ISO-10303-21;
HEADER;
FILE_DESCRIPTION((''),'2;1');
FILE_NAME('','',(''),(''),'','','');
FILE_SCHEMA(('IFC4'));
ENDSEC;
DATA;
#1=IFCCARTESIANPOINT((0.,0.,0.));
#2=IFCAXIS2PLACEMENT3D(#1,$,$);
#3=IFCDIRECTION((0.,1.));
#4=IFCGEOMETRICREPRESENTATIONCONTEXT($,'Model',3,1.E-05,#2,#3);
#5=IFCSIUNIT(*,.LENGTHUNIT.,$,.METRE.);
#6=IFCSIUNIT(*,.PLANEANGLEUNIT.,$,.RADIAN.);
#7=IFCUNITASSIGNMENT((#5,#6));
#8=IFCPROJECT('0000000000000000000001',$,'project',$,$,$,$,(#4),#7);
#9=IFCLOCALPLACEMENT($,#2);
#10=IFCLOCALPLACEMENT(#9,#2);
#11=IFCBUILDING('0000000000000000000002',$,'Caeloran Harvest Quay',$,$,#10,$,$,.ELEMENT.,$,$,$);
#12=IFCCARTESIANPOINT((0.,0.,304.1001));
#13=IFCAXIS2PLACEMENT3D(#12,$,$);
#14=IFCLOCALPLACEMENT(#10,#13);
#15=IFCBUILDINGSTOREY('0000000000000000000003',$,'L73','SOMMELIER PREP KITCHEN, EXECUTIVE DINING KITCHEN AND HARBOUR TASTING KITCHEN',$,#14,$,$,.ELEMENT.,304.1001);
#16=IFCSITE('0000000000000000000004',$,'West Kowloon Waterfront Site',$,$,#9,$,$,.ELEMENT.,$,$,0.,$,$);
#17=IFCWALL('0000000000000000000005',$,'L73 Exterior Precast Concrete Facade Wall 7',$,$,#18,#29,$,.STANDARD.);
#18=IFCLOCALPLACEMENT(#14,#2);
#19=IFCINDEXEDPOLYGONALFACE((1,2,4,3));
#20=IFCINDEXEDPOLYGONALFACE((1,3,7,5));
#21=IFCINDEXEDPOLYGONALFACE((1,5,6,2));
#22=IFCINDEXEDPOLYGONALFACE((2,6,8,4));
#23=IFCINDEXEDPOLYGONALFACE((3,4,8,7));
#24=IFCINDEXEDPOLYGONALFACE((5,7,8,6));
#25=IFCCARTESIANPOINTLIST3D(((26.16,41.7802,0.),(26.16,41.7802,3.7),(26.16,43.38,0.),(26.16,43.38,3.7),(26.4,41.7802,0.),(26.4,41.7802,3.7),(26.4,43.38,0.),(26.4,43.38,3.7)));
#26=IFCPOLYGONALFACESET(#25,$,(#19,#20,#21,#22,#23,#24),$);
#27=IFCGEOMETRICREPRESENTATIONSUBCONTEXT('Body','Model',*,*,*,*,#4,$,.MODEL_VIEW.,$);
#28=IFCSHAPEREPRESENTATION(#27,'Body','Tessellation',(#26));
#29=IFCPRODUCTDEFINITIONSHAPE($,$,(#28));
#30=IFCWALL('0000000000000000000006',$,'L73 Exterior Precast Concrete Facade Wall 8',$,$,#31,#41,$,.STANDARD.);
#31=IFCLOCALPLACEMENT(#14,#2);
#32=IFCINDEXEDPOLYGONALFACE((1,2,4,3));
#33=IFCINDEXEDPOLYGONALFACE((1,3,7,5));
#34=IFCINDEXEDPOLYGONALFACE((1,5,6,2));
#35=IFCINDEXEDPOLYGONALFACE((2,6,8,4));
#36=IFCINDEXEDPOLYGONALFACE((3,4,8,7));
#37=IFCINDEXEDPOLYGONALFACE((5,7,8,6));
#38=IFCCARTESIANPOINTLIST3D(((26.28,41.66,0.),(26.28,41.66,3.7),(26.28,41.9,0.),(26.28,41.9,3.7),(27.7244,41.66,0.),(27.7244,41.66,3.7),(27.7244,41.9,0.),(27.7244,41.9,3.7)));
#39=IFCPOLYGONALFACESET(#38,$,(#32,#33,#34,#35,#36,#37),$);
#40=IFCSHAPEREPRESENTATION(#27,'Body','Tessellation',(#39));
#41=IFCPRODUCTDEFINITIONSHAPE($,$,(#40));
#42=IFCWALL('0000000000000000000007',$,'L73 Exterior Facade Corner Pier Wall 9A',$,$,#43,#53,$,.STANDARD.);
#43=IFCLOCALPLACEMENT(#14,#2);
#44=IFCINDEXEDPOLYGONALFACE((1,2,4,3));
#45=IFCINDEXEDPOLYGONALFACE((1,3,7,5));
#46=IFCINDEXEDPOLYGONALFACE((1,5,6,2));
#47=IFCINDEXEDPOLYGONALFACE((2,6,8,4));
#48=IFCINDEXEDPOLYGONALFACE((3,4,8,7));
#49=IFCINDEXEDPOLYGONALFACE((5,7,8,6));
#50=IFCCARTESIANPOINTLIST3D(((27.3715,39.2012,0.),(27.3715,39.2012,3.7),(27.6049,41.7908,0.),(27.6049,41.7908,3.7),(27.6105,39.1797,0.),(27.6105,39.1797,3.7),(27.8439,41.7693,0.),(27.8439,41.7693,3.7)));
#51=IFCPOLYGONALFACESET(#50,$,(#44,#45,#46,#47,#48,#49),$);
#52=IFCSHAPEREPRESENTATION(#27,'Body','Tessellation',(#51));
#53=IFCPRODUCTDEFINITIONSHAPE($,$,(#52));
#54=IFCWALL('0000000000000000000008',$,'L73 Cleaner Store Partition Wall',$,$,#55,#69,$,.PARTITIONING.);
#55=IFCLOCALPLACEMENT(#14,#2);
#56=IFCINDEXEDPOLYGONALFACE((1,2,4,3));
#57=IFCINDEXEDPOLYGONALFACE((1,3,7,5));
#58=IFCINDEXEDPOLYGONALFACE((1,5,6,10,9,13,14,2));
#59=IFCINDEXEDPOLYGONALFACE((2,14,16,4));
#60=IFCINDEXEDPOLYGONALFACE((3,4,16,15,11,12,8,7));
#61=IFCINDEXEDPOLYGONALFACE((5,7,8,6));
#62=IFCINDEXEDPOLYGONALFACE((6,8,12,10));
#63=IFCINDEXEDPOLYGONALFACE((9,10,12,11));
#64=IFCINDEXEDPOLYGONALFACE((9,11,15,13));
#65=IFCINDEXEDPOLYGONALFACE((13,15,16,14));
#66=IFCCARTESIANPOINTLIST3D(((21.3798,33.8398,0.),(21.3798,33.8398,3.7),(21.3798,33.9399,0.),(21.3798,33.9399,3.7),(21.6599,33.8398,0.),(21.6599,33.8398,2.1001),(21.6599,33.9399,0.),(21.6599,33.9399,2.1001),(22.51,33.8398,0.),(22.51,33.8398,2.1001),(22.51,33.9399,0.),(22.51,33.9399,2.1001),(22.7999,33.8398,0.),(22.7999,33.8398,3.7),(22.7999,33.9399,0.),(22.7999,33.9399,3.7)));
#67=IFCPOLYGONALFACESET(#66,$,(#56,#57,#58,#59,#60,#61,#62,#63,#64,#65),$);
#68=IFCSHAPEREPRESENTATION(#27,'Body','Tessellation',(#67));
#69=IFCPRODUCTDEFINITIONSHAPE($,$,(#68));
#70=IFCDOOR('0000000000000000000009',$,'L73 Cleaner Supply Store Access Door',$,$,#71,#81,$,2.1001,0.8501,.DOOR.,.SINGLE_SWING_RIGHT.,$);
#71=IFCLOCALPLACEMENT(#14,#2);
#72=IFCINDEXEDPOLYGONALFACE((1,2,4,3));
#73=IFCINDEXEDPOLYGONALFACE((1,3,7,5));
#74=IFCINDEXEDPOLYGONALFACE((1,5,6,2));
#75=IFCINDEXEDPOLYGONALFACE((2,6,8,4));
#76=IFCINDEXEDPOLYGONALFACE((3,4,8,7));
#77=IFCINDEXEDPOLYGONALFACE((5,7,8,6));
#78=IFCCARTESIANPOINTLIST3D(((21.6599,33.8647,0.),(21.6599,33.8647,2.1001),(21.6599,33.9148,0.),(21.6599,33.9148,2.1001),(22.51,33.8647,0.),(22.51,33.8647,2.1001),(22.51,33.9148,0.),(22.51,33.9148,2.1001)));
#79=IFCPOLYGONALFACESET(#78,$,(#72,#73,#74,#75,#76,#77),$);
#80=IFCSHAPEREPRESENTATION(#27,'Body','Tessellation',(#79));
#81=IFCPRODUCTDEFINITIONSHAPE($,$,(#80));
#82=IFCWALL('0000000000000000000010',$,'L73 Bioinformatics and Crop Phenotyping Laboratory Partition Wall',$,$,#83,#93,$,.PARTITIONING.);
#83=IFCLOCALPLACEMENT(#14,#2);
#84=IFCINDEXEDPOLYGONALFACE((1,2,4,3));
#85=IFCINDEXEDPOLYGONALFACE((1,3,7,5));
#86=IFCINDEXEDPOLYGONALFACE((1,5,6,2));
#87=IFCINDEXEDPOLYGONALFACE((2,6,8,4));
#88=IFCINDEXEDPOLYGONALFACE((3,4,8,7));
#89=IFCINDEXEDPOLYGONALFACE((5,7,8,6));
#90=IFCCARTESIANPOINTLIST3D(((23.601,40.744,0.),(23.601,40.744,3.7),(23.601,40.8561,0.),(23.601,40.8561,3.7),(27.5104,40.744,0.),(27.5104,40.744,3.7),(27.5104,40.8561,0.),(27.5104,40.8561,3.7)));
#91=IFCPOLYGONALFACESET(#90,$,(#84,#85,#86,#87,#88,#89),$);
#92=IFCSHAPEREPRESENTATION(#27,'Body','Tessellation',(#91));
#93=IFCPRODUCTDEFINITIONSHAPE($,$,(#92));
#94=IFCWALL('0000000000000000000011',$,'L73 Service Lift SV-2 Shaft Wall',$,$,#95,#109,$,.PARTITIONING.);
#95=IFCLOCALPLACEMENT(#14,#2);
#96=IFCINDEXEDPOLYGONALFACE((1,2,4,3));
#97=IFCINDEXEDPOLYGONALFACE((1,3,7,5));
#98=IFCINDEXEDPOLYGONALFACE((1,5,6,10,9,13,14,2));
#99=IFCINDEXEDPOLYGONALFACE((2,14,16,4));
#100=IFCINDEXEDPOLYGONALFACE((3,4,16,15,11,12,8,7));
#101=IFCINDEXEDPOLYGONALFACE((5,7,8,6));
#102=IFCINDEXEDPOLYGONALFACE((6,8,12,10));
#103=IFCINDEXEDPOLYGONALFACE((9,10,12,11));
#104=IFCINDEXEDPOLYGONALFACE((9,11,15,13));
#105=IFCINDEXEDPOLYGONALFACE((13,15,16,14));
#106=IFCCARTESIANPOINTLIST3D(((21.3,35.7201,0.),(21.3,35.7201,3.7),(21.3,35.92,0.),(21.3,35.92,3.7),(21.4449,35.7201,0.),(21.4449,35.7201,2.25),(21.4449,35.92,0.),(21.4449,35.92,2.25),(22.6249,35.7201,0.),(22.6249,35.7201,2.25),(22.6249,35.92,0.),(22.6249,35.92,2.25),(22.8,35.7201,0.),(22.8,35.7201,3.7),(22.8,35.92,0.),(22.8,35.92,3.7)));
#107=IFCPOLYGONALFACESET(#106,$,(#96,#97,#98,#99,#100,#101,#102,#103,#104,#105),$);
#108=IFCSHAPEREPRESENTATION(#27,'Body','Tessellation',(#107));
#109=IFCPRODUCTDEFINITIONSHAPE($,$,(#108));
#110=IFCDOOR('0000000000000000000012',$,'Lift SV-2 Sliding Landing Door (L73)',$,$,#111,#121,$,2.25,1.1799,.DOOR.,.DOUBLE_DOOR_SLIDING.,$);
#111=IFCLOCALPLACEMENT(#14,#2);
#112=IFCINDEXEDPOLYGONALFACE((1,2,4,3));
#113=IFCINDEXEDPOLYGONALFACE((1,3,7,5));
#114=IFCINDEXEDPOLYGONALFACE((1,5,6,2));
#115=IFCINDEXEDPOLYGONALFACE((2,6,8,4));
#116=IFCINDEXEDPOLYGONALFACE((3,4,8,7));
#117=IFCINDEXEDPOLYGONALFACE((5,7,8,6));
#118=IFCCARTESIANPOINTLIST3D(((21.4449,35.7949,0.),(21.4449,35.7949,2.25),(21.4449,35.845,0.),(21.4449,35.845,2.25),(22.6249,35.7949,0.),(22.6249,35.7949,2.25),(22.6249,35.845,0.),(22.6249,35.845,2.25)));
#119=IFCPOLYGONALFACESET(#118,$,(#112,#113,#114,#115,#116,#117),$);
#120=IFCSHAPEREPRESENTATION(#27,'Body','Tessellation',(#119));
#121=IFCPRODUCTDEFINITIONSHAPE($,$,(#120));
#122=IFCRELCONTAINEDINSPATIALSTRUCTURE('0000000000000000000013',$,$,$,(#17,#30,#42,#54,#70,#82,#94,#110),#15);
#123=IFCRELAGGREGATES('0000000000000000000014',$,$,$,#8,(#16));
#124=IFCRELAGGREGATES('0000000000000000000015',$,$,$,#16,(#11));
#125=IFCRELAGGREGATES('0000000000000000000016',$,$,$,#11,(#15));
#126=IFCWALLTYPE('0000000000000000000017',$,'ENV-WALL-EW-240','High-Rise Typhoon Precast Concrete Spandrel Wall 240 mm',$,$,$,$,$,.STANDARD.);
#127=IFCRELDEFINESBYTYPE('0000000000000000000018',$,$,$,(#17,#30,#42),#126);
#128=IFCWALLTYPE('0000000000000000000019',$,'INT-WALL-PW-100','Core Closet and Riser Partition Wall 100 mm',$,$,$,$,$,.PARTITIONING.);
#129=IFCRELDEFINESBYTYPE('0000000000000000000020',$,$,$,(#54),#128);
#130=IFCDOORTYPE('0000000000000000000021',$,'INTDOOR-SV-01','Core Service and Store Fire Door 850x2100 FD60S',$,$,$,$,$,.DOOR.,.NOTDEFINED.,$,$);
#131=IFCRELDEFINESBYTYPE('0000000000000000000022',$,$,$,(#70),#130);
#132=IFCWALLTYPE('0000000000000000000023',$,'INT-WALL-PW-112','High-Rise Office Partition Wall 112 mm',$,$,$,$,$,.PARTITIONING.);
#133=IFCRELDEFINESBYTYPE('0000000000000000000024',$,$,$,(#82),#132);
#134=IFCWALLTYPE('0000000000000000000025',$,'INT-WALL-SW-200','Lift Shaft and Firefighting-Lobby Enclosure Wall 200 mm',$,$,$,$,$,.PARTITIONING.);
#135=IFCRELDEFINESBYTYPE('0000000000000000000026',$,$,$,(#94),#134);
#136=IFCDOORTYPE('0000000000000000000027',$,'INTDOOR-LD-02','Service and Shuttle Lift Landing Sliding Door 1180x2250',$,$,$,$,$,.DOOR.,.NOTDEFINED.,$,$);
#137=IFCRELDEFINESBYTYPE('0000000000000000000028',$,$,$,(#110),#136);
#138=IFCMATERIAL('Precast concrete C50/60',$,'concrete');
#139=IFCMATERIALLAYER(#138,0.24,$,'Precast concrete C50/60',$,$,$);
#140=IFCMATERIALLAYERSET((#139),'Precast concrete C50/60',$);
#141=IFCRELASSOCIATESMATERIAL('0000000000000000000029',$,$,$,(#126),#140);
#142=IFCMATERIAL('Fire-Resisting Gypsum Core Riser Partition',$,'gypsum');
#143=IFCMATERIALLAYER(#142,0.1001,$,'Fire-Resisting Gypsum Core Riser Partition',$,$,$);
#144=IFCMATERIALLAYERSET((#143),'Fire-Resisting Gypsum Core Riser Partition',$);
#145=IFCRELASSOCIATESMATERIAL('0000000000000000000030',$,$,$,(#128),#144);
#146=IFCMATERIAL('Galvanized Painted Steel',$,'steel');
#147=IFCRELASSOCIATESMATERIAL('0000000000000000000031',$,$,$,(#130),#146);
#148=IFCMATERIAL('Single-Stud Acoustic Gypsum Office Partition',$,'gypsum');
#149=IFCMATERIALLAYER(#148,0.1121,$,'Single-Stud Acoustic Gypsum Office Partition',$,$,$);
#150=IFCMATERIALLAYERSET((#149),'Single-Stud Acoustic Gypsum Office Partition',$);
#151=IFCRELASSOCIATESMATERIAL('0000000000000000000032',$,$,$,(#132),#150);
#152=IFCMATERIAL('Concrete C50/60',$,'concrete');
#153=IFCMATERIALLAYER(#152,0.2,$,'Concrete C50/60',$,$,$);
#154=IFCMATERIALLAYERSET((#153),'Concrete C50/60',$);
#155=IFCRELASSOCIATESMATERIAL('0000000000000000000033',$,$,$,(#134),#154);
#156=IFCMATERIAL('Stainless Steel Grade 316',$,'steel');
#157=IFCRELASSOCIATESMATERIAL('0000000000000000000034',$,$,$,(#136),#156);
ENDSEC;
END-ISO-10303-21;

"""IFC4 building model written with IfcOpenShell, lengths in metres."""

from ifc_helpers import new_model, si_unit, direction, frame, frame_2d, origin, place, context, subcontext, project, spatial, rectangle, extrude, material, layer, layer_set, type_object, element, fill, save


model = new_model("IFC4")

# Units and contexts
model_context = context("Model", 3, precision=1e-05, world=origin(), true_north=direction((0.0, 1.0)))
body_context = subcontext(model_context, "Body", "Model", "MODEL_VIEW")
ifc_project = project(units=[si_unit("LENGTHUNIT", "METRE"), si_unit("PLANEANGLEUNIT", "RADIAN")], contexts=[model_context])

# Site, building, storey
site_placement = place(None, origin())
site = spatial("IfcSite", under=ifc_project, at=site_placement, Name="West Kowloon Waterfront Site", CompositionType="ELEMENT", RefElevation=0.0)
building_placement = place(site_placement, origin())
building = spatial("IfcBuilding", under=site, at=building_placement, Name="Caeloran Harvest Quay", CompositionType="ELEMENT")
storey_placement = place(building_placement, frame((0.0, 0.0, 304.1001)))
storey = spatial("IfcBuildingStorey", under=building, at=storey_placement, Name="L73", Description="SOMMELIER PREP KITCHEN, EXECUTIVE DINING KITCHEN AND HARBOUR TASTING KITCHEN", CompositionType="ELEMENT", Elevation=304.1001)

# Walls
ifc_material_1 = material(Name="Precast concrete C50/60", Category="concrete")
ifc_layer_1 = layer(ifc_material_1, 0.24, Name="Precast concrete C50/60")
ifc_layer_set_1 = layer_set([ifc_layer_1], Name="Precast concrete C50/60")
wall_type_1 = type_object("IfcWallType", Name="ENV-WALL-EW-240", Description="High-Rise Typhoon Precast Concrete Spandrel Wall 240 mm", PredefinedType="STANDARD", material=ifc_layer_set_1)
wall_1_placement = place(storey_placement, frame((26.28, 43.3799, 0.0), z_axis=(0.0, 0.0, 1.0), x_axis=(0.0, -1.0, 0.0)))
element("IfcWall", 1, at=wall_1_placement, inside=storey, type_object=wall_type_1, Name="L73 Exterior Precast Concrete Facade Wall 7", PredefinedType="STANDARD", context=body_context, shape_type="SweptSolid", body=[
    extrude(rectangle(XDim=1.5999, YDim=0.24, at=frame_2d((0.7998, 0.0))), origin(), (0.0, 0.0, 1.0), 3.7),
])
wall_2_placement = place(storey_placement, frame((26.28, 41.78, 0.0), z_axis=(0.0, 0.0, 1.0), x_axis=(1.0, 0.0, 0.0)))
element("IfcWall", 2, at=wall_2_placement, inside=storey, type_object=wall_type_1, Name="L73 Exterior Precast Concrete Facade Wall 8", PredefinedType="STANDARD", context=body_context, shape_type="SweptSolid", body=[
    extrude(rectangle(XDim=1.4443, YDim=0.24, at=frame_2d((0.7222, 0.0))), origin(), (0.0, 0.0, 1.0), 3.7),
])
wall_3_placement = place(storey_placement, frame((27.7244, 41.78, 0.0), z_axis=(0.0, 0.0, 1.0), x_axis=(-0.089765, -0.995963, 0.0)))
element("IfcWall", 3, at=wall_3_placement, inside=storey, type_object=wall_type_1, Name="L73 Exterior Facade Corner Pier Wall 9A", PredefinedType="STANDARD", context=body_context, shape_type="SweptSolid", body=[
    extrude(rectangle(XDim=2.6001, YDim=0.24, at=frame_2d((1.3, 0.0))), origin(), (0.0, 0.0, 1.0), 3.7),
])

# Wall, opening, door
ifc_material_2 = material(Name="Fire-Resisting Gypsum Core Riser Partition", Category="gypsum")
ifc_layer_2 = layer(ifc_material_2, 0.1001, Name="Fire-Resisting Gypsum Core Riser Partition")
ifc_layer_set_2 = layer_set([ifc_layer_2], Name="Fire-Resisting Gypsum Core Riser Partition")
wall_type_2 = type_object("IfcWallType", Name="INT-WALL-PW-100", Description="Core Closet and Riser Partition Wall 100 mm", PredefinedType="PARTITIONING", material=ifc_layer_set_2)
wall_4_placement = place(storey_placement, frame((21.3799, 33.8899, 0.0), z_axis=(0.0, 0.0, 1.0), x_axis=(1.0, 0.0, 0.0)))
wall_4 = element("IfcWall", 4, at=wall_4_placement, inside=storey, type_object=wall_type_2, Name="L73 Cleaner Store Partition Wall", PredefinedType="PARTITIONING", context=body_context, shape_type="SweptSolid", body=[
    extrude(rectangle(XDim=1.4202, YDim=0.1001, at=frame_2d((0.71, 0.0))), origin(), (0.0, 0.0, 1.0), 3.7),
])
opening_1_placement = place(wall_4_placement, frame((0.28, 0.0, 0.0)))
opening_1 = element("IfcOpeningElement", 5, at=opening_1_placement, cuts=wall_4, PredefinedType="OPENING", context=body_context, shape_type="SweptSolid", body=[
    extrude(rectangle(XDim=0.8501, YDim=2.1001, at=frame_2d((0.425, 1.05))), frame((0.0, 0.0601, 0.0), z_axis=(0.0, -1.0, 0.0), x_axis=(1.0, 0.0, 0.0)), (0.0, 0.0, 1.0), 0.1201),
])
ifc_material_3 = material(Name="Galvanized Painted Steel", Category="steel")
door_type_1 = type_object("IfcDoorType", Name="INTDOOR-SV-01", Description="Core Service and Store Fire Door 850x2100 FD60S", OperationType="NOTDEFINED", PredefinedType="DOOR", material=ifc_material_3)
door_1_placement = place(opening_1_placement, origin())
door_1 = element("IfcDoor", 6, at=door_1_placement, inside=storey, type_object=door_type_1, Name="L73 Cleaner Supply Store Access Door", OperationType="SINGLE_SWING_RIGHT", OverallHeight=2.1001, OverallWidth=0.8501, PredefinedType="DOOR", context=body_context, shape_type="SweptSolid", body=[
    extrude(rectangle(XDim=0.8501, YDim=2.1001, at=frame_2d((0.425, 1.05))), frame((0.0, 0.0249, 0.0), z_axis=(0.0, -1.0, 0.0), x_axis=(1.0, 0.0, 0.0)), (0.0, 0.0, 1.0), 0.05),
])
fill(opening_1, door_1)

# Wall
ifc_material_4 = material(Name="Single-Stud Acoustic Gypsum Office Partition", Category="gypsum")
ifc_layer_3 = layer(ifc_material_4, 0.1121, Name="Single-Stud Acoustic Gypsum Office Partition")
ifc_layer_set_3 = layer_set([ifc_layer_3], Name="Single-Stud Acoustic Gypsum Office Partition")
wall_type_3 = type_object("IfcWallType", Name="INT-WALL-PW-112", Description="High-Rise Office Partition Wall 112 mm", PredefinedType="PARTITIONING", material=ifc_layer_set_3)
wall_5_placement = place(storey_placement, frame((23.6011, 40.8, 0.0), z_axis=(0.0, 0.0, 1.0), x_axis=(1.0, 0.0, 0.0)))
element("IfcWall", 7, at=wall_5_placement, inside=storey, type_object=wall_type_3, Name="L73 Bioinformatics and Crop Phenotyping Laboratory Partition Wall", PredefinedType="PARTITIONING", context=body_context, shape_type="SweptSolid", body=[
    extrude(rectangle(XDim=3.9094, YDim=0.1121, at=frame_2d((1.9546, 0.0))), origin(), (0.0, 0.0, 1.0), 3.7),
])

# Wall, opening, door
ifc_material_5 = material(Name="Concrete C50/60", Category="concrete")
ifc_layer_4 = layer(ifc_material_5, 0.2, Name="Concrete C50/60")
ifc_layer_set_4 = layer_set([ifc_layer_4], Name="Concrete C50/60")
wall_type_4 = type_object("IfcWallType", Name="INT-WALL-SW-200", Description="Lift Shaft and Firefighting-Lobby Enclosure Wall 200 mm", PredefinedType="PARTITIONING", material=ifc_layer_set_4)
wall_6_placement = place(storey_placement, frame((21.3, 35.8201, 0.0), z_axis=(0.0, 0.0, 1.0), x_axis=(1.0, 0.0, 0.0)))
wall_6 = element("IfcWall", 8, at=wall_6_placement, inside=storey, type_object=wall_type_4, Name="L73 Service Lift SV-2 Shaft Wall", PredefinedType="PARTITIONING", context=body_context, shape_type="SweptSolid", body=[
    extrude(rectangle(XDim=1.5, YDim=0.2, at=frame_2d((0.75, 0.0))), origin(), (0.0, 0.0, 1.0), 3.7),
])
opening_2_placement = place(wall_6_placement, frame((0.145, 0.0, 0.0)))
opening_2 = element("IfcOpeningElement", 9, at=opening_2_placement, cuts=wall_6, PredefinedType="OPENING", context=body_context, shape_type="SweptSolid", body=[
    extrude(rectangle(XDim=1.1799, YDim=2.25, at=frame_2d((0.5898, 1.125))), frame((0.0, 0.1099, 0.0), z_axis=(0.0, -1.0, 0.0), x_axis=(1.0, 0.0, 0.0)), (0.0, 0.0, 1.0), 0.22),
])
ifc_material_6 = material(Name="Stainless Steel Grade 316", Category="steel")
door_type_2 = type_object("IfcDoorType", Name="INTDOOR-LD-02", Description="Service and Shuttle Lift Landing Sliding Door 1180x2250", OperationType="NOTDEFINED", PredefinedType="DOOR", material=ifc_material_6)
door_2_placement = place(opening_2_placement, origin())
door_2 = element("IfcDoor", 10, at=door_2_placement, inside=storey, type_object=door_type_2, Name="Lift SV-2 Sliding Landing Door (L73)", OperationType="DOUBLE_DOOR_SLIDING", OverallHeight=2.25, OverallWidth=1.1799, PredefinedType="DOOR", context=body_context, shape_type="SweptSolid", body=[
    extrude(rectangle(XDim=1.1799, YDim=2.25, at=frame_2d((0.5898, 1.125))), frame((0.0, 0.0249, 0.0), z_axis=(0.0, -1.0, 0.0), x_axis=(1.0, 0.0, 0.0)), (0.0, 0.0, 1.0), 0.05),
])
fill(opening_2, door_2)

save(model, "model.ifc")
